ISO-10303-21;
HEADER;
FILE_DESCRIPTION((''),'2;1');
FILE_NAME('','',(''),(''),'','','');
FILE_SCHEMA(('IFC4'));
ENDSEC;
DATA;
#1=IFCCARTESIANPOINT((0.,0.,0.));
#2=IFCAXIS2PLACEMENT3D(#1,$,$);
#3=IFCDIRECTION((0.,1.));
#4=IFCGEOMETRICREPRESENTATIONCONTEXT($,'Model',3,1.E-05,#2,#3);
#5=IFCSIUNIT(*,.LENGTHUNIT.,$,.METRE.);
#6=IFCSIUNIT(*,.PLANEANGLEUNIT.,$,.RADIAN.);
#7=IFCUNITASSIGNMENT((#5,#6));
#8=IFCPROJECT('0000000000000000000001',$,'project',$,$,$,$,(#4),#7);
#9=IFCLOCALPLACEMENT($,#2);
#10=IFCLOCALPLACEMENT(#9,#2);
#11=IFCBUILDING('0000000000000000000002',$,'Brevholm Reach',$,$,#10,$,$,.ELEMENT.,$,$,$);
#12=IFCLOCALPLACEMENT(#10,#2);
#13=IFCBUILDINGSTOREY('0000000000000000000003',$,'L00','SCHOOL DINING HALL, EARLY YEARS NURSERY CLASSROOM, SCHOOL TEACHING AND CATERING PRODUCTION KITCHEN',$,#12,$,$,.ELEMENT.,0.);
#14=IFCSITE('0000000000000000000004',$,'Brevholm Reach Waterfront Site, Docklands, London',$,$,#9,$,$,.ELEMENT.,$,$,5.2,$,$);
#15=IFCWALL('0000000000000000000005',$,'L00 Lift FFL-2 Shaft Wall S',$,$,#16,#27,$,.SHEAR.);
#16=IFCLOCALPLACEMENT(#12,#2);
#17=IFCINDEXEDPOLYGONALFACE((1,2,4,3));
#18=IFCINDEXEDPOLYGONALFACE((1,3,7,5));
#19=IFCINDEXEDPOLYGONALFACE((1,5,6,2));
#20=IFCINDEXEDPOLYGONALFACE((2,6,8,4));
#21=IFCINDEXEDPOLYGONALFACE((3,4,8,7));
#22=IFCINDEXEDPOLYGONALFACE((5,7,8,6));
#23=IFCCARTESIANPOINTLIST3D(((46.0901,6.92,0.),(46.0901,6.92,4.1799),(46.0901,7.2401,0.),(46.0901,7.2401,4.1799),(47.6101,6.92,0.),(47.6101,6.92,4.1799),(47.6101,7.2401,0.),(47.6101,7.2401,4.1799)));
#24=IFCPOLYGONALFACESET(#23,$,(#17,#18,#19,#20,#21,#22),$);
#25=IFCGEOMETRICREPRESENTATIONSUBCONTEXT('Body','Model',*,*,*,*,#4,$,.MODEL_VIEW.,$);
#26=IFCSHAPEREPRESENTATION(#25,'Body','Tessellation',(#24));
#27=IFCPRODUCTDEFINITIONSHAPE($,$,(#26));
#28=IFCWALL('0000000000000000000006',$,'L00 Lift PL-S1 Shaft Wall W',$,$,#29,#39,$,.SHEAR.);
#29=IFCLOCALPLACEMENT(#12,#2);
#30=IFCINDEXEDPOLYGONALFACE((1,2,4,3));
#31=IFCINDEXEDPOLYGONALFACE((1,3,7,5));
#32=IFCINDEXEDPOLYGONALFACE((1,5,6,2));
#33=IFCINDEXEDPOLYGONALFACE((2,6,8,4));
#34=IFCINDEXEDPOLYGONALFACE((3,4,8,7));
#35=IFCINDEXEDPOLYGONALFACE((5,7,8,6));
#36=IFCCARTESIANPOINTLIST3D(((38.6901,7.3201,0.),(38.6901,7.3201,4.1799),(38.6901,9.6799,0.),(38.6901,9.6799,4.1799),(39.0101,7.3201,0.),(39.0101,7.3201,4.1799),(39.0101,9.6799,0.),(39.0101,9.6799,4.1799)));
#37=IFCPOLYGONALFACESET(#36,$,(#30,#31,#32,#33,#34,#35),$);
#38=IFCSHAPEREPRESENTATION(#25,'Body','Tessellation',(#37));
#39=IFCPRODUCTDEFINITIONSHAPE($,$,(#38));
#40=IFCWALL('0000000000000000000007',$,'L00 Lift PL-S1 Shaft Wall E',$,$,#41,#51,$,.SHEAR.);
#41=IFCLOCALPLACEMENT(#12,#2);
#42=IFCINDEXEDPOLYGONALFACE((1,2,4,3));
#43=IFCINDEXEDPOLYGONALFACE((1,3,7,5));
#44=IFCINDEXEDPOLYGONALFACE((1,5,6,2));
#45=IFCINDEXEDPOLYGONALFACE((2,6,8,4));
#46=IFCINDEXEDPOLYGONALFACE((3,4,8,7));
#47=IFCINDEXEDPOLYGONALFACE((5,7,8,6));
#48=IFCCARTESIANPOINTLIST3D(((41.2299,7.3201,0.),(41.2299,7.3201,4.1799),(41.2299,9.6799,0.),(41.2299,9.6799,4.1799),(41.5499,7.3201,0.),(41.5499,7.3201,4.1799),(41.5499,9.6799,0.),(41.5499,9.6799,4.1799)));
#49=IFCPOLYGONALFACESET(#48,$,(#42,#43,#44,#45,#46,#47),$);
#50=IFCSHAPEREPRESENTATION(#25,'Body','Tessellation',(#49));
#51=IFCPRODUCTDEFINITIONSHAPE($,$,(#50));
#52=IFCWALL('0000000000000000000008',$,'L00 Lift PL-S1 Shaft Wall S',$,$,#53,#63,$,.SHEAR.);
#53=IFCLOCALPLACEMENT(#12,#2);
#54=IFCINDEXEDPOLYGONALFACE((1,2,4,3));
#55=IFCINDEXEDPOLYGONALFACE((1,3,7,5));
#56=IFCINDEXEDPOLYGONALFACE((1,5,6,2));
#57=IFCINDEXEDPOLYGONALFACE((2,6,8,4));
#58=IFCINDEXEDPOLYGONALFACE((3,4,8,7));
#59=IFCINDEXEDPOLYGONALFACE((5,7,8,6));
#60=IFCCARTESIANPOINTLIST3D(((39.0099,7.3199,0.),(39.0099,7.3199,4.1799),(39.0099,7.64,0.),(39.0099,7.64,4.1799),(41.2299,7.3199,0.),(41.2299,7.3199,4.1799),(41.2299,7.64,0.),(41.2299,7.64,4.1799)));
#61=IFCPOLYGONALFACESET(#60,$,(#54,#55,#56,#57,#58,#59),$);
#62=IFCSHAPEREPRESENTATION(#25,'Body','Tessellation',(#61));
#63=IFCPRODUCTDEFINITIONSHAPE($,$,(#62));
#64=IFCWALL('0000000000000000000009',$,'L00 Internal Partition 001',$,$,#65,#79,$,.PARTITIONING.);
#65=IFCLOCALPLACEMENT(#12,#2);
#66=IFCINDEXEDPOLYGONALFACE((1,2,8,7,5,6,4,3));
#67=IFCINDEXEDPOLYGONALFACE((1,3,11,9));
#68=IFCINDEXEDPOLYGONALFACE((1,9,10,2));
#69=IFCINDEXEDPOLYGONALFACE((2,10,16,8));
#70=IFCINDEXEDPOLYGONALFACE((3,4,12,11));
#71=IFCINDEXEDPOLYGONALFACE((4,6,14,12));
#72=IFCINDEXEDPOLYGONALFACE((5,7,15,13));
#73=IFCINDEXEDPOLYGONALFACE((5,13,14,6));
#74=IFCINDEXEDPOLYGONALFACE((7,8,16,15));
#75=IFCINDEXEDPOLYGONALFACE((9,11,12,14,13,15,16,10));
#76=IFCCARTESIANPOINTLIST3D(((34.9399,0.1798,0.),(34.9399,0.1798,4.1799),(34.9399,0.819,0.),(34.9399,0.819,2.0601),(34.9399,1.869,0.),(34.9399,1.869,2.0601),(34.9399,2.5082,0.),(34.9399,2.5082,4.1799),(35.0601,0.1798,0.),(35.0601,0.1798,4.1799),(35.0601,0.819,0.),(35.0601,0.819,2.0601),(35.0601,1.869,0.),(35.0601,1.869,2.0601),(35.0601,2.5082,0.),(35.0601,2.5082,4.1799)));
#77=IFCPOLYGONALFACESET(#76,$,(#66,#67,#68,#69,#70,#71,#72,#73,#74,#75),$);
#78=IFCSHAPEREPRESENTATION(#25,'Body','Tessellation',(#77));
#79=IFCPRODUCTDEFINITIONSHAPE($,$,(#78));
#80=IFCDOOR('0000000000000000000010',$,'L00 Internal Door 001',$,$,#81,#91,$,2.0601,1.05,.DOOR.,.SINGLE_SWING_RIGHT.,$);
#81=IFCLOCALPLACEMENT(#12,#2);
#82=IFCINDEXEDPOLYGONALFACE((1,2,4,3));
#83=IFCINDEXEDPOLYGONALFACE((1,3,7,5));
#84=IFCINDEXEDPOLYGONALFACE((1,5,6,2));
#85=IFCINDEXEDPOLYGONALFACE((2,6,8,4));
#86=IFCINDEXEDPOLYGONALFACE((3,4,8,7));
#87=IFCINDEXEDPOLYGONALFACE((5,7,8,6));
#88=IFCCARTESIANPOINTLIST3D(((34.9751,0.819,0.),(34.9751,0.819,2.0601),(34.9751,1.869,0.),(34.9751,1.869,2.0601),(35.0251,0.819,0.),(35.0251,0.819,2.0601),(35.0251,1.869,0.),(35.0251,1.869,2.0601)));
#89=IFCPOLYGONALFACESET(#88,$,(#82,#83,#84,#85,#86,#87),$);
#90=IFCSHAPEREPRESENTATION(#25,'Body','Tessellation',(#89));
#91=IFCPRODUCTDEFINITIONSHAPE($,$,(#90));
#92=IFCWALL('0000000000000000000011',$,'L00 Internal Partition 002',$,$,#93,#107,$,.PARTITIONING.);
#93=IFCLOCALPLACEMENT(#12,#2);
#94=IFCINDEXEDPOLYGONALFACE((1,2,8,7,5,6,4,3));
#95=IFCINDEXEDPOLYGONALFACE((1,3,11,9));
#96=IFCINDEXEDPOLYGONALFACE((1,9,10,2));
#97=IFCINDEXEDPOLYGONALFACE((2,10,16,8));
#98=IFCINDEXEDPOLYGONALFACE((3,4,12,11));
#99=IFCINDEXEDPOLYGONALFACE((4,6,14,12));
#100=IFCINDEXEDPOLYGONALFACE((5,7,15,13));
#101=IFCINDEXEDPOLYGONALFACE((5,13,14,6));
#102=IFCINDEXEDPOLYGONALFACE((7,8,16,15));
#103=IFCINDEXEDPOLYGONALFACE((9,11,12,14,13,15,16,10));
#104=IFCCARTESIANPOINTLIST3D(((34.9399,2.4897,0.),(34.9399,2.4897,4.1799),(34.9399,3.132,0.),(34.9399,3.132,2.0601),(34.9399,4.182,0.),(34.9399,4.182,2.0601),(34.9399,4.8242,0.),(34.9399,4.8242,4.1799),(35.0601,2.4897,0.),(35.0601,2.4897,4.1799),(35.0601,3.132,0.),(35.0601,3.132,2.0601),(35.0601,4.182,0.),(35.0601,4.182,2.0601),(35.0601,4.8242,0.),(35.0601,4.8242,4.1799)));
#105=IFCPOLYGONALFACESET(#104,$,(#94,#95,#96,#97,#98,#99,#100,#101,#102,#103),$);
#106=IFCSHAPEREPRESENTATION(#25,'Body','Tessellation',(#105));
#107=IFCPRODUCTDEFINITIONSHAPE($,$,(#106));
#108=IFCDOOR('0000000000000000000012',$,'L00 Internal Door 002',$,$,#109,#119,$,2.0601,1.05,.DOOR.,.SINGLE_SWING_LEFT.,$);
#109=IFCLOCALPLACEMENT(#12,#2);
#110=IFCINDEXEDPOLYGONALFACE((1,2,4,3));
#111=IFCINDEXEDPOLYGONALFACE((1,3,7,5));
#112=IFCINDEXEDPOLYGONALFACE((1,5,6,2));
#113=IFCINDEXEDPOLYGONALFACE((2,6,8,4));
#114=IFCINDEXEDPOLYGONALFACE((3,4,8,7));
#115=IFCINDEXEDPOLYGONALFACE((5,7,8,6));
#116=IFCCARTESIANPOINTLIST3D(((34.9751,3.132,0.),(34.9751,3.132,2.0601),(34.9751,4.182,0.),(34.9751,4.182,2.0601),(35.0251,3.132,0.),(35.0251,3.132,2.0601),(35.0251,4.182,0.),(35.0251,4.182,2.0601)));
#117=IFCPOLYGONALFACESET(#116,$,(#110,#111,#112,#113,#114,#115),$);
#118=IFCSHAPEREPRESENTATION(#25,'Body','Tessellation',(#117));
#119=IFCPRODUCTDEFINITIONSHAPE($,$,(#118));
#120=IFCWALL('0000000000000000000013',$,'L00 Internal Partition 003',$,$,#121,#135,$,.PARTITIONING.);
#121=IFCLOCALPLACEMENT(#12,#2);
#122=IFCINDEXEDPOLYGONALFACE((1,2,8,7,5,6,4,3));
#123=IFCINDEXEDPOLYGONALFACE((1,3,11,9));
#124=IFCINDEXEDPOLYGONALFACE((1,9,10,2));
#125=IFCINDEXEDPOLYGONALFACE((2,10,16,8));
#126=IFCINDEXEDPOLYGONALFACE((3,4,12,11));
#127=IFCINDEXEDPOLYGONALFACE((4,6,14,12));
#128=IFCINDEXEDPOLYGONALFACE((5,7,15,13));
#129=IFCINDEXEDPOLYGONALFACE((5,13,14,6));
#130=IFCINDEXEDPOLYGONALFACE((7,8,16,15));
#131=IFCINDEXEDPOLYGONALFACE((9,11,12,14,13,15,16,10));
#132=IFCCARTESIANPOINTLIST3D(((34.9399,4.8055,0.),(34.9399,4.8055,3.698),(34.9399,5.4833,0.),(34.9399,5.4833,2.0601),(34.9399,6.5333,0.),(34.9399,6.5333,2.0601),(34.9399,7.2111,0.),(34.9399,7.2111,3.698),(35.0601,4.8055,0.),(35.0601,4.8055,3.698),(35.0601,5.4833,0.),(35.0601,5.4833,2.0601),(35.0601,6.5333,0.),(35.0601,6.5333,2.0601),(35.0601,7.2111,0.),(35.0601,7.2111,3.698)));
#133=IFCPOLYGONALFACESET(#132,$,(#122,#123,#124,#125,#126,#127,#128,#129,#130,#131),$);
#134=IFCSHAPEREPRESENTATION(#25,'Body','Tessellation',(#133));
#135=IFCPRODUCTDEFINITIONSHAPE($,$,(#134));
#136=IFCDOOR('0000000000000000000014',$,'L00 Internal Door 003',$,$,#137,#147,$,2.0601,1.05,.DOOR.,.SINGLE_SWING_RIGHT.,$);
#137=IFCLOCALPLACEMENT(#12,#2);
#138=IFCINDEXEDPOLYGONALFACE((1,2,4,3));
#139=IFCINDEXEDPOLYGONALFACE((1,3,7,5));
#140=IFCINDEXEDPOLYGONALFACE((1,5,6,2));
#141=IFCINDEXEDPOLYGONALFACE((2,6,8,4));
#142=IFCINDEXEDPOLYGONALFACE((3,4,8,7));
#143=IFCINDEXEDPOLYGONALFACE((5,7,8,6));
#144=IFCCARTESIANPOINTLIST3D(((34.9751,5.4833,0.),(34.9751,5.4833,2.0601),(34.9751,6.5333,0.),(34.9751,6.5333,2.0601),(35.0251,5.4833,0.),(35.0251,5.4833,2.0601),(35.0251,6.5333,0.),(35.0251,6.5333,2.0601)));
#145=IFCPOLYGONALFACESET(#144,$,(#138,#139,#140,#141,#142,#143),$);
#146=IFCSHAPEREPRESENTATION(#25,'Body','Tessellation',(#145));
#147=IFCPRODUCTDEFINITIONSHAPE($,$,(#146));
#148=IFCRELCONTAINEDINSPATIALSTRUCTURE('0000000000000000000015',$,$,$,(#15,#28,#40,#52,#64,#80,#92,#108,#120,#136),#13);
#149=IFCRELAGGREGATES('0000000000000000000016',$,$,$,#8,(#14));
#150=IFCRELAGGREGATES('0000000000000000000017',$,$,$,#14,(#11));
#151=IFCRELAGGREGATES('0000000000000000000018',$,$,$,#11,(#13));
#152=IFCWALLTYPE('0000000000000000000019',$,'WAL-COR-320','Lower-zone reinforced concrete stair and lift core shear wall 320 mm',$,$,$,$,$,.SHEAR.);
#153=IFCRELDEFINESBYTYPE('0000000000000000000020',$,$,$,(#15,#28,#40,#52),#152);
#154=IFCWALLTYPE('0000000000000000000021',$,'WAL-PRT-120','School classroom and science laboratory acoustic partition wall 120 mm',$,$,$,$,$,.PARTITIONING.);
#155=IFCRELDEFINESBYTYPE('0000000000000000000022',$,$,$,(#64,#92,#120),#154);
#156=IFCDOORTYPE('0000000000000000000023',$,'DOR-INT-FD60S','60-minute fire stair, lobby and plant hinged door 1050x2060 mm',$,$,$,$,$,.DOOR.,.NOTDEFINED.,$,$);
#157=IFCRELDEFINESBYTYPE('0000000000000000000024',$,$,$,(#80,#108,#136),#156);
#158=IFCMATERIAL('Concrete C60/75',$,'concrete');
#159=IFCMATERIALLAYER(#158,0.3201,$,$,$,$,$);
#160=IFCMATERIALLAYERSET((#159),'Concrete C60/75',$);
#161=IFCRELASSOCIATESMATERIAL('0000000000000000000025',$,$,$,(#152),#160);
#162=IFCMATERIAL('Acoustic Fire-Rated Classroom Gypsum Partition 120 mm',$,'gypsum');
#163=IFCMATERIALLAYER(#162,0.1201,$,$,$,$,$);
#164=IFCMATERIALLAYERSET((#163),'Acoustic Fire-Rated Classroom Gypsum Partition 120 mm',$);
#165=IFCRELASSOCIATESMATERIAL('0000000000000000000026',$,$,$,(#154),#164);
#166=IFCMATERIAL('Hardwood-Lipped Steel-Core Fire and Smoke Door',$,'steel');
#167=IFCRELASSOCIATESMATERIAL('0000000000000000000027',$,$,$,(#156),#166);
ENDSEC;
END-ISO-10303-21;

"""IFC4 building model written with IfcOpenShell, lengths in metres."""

from ifc_helpers import new_model, si_unit, direction, frame, frame_2d, origin, place, context, subcontext, project, spatial, rectangle, extrude, material, layer, layer_set, type_object, element, fill, save


model = new_model("IFC4")

# Units and contexts
model_context = context("Model", 3, precision=1e-05, world=origin(), true_north=direction((0.0, 1.0)))
body_context = subcontext(model_context, "Body", "Model", "MODEL_VIEW")
ifc_project = project(units=[si_unit("LENGTHUNIT", "METRE"), si_unit("PLANEANGLEUNIT", "RADIAN")], contexts=[model_context])

# Site, building, storey
site_placement = place(None, origin())
site = spatial("IfcSite", under=ifc_project, at=site_placement, Name="Brevholm Reach Waterfront Site, Docklands, London", CompositionType="ELEMENT", RefElevation=5.2)
building_placement = place(site_placement, origin())
building = spatial("IfcBuilding", under=site, at=building_placement, Name="Brevholm Reach", CompositionType="ELEMENT")
storey_placement = place(building_placement, origin())
storey = spatial("IfcBuildingStorey", under=building, at=storey_placement, Name="L00", Description="SCHOOL DINING HALL, EARLY YEARS NURSERY CLASSROOM, SCHOOL TEACHING AND CATERING PRODUCTION KITCHEN", CompositionType="ELEMENT", Elevation=0.0)

# Walls
ifc_material_1 = material(Name="Concrete C60/75", Category="concrete")
ifc_layer_1 = layer(ifc_material_1, 0.3201)
ifc_layer_set_1 = layer_set([ifc_layer_1], Name="Concrete C60/75")
wall_type_1 = type_object("IfcWallType", Name="WAL-COR-320", Description="Lower-zone reinforced concrete stair and lift core shear wall 320 mm", PredefinedType="SHEAR", material=ifc_layer_set_1)
wall_1_placement = place(storey_placement, frame((46.0901, 7.0801, 0.0), z_axis=(0.0, 0.0, 1.0), x_axis=(1.0, 0.0, 0.0)))
element("IfcWall", 1, at=wall_1_placement, inside=storey, type_object=wall_type_1, Name="L00 Lift FFL-2 Shaft Wall S", PredefinedType="SHEAR", context=body_context, shape_type="SweptSolid", body=[
    extrude(rectangle(XDim=1.52, YDim=0.3201, at=frame_2d((0.76, 0.0))), origin(), (0.0, 0.0, 1.0), 4.1799),
])
for number, where, z_axis, x_axis, name in (
    (2, (38.8501, 7.3201, 0.0), (0.0, 0.0, 1.0), (0.0, 1.0, 0.0), "L00 Lift PL-S1 Shaft Wall W"),
    (3, (41.3899, 7.3201, 0.0), (0.0, 0.0, 1.0), (0.0, 1.0, 0.0), "L00 Lift PL-S1 Shaft Wall E"),
):
    element("IfcWall", number, at=place(storey_placement, frame(where, z_axis=z_axis, x_axis=x_axis)), inside=storey, type_object=wall_type_1, Name=name, PredefinedType="SHEAR", context=body_context, shape_type="SweptSolid", body=[
        extrude(rectangle(XDim=2.3599, YDim=0.3201, at=frame_2d((1.1799, 0.0))), origin(), (0.0, 0.0, 1.0), 4.1799),
    ])
wall_2_placement = place(storey_placement, frame((39.01, 7.48, 0.0), z_axis=(0.0, 0.0, 1.0), x_axis=(1.0, 0.0, 0.0)))
element("IfcWall", 4, at=wall_2_placement, inside=storey, type_object=wall_type_1, Name="L00 Lift PL-S1 Shaft Wall S", PredefinedType="SHEAR", context=body_context, shape_type="SweptSolid", body=[
    extrude(rectangle(XDim=2.22, YDim=0.3201, at=frame_2d((1.1099, 0.0))), origin(), (0.0, 0.0, 1.0), 4.1799),
])

# Walls, openings, doors
ifc_material_2 = material(Name="Acoustic Fire-Rated Classroom Gypsum Partition 120 mm", Category="gypsum")
ifc_layer_2 = layer(ifc_material_2, 0.1201)
ifc_layer_set_2 = layer_set([ifc_layer_2], Name="Acoustic Fire-Rated Classroom Gypsum Partition 120 mm")
wall_type_2 = type_object("IfcWallType", Name="WAL-PRT-120", Description="School classroom and science laboratory acoustic partition wall 120 mm", PredefinedType="PARTITIONING", material=ifc_layer_set_2)
wall_3_placement = place(storey_placement, frame((35.0, 0.1799, 0.0), z_axis=(0.0, 0.0, 1.0), x_axis=(0.0, 1.0, 0.0)))
wall_3 = element("IfcWall", 5, at=wall_3_placement, inside=storey, type_object=wall_type_2, Name="L00 Internal Partition 001", PredefinedType="PARTITIONING", context=body_context, shape_type="SweptSolid", body=[
    extrude(rectangle(XDim=2.3284, YDim=0.1201, at=frame_2d((1.1641, 0.0))), origin(), (0.0, 0.0, 1.0), 4.1799),
])
opening_1_placement = place(wall_3_placement, frame((0.6392, 0.0, 0.0)))
opening_1 = element("IfcOpeningElement", 6, at=opening_1_placement, cuts=wall_3, PredefinedType="OPENING", context=body_context, shape_type="SweptSolid", body=[
    extrude(rectangle(XDim=1.05, YDim=2.0601, at=frame_2d((0.5249, 1.03))), frame((0.0, 0.0701, 0.0), z_axis=(0.0, -1.0, 0.0), x_axis=(1.0, 0.0, 0.0)), (0.0, 0.0, 1.0), 0.1401),
])
ifc_material_3 = material(Name="Hardwood-Lipped Steel-Core Fire and Smoke Door", Category="steel")
door_type = type_object("IfcDoorType", Name="DOR-INT-FD60S", Description="60-minute fire stair, lobby and plant hinged door 1050x2060 mm", OperationType="NOTDEFINED", PredefinedType="DOOR", material=ifc_material_3)
door_1_placement = place(opening_1_placement, origin())
door_1 = element("IfcDoor", 7, at=door_1_placement, inside=storey, type_object=door_type, Name="L00 Internal Door 001", OperationType="SINGLE_SWING_RIGHT", OverallHeight=2.0601, OverallWidth=1.05, PredefinedType="DOOR", context=body_context, shape_type="SweptSolid", body=[
    extrude(rectangle(XDim=1.05, YDim=2.0601, at=frame_2d((0.5249, 1.03))), frame((0.0, 0.0249, 0.0), z_axis=(0.0, -1.0, 0.0), x_axis=(1.0, 0.0, 0.0)), (0.0, 0.0, 1.0), 0.05),
])
fill(opening_1, door_1)
wall_4_placement = place(storey_placement, frame((35.0, 2.4897, 0.0), z_axis=(0.0, 0.0, 1.0), x_axis=(0.0, 1.0, 0.0)))
wall_4 = element("IfcWall", 8, at=wall_4_placement, inside=storey, type_object=wall_type_2, Name="L00 Internal Partition 002", PredefinedType="PARTITIONING", context=body_context, shape_type="SweptSolid", body=[
    extrude(rectangle(XDim=2.3345, YDim=0.1201, at=frame_2d((1.1672, 0.0))), origin(), (0.0, 0.0, 1.0), 4.1799),
])
opening_2_placement = place(wall_4_placement, frame((0.6423, 0.0, 0.0)))
opening_2 = element("IfcOpeningElement", 9, at=opening_2_placement, cuts=wall_4, PredefinedType="OPENING", context=body_context, shape_type="SweptSolid", body=[
    extrude(rectangle(XDim=1.05, YDim=2.0601, at=frame_2d((0.5249, 1.03))), frame((0.0, 0.0701, 0.0), z_axis=(0.0, -1.0, 0.0), x_axis=(1.0, 0.0, 0.0)), (0.0, 0.0, 1.0), 0.1401),
])
door_2_placement = place(opening_2_placement, origin())
door_2 = element("IfcDoor", 10, at=door_2_placement, inside=storey, type_object=door_type, Name="L00 Internal Door 002", OperationType="SINGLE_SWING_LEFT", OverallHeight=2.0601, OverallWidth=1.05, PredefinedType="DOOR", context=body_context, shape_type="SweptSolid", body=[
    extrude(rectangle(XDim=1.05, YDim=2.0601, at=frame_2d((0.5249, 1.03))), frame((0.0, 0.0249, 0.0), z_axis=(0.0, -1.0, 0.0), x_axis=(1.0, 0.0, 0.0)), (0.0, 0.0, 1.0), 0.05),
])
fill(opening_2, door_2)
wall_5_placement = place(storey_placement, frame((35.0, 4.8057, 0.0), z_axis=(0.0, 0.0, 1.0), x_axis=(0.0, 1.0, 0.0)))
wall_5 = element("IfcWall", 11, at=wall_5_placement, inside=storey, type_object=wall_type_2, Name="L00 Internal Partition 003", PredefinedType="PARTITIONING", context=body_context, shape_type="SweptSolid", body=[
    extrude(rectangle(XDim=2.4055, YDim=0.1201, at=frame_2d((1.2026, 0.0))), origin(), (0.0, 0.0, 1.0), 3.698),
])
opening_3_placement = place(wall_5_placement, frame((0.6777, 0.0, 0.0)))
opening_3 = element("IfcOpeningElement", 12, at=opening_3_placement, cuts=wall_5, PredefinedType="OPENING", context=body_context, shape_type="SweptSolid", body=[
    extrude(rectangle(XDim=1.05, YDim=2.0601, at=frame_2d((0.5249, 1.03))), frame((0.0, 0.0701, 0.0), z_axis=(0.0, -1.0, 0.0), x_axis=(1.0, 0.0, 0.0)), (0.0, 0.0, 1.0), 0.1401),
])
door_3_placement = place(opening_3_placement, origin())
door_3 = element("IfcDoor", 13, at=door_3_placement, inside=storey, type_object=door_type, Name="L00 Internal Door 003", OperationType="SINGLE_SWING_RIGHT", OverallHeight=2.0601, OverallWidth=1.05, PredefinedType="DOOR", context=body_context, shape_type="SweptSolid", body=[
    extrude(rectangle(XDim=1.05, YDim=2.0601, at=frame_2d((0.5249, 1.03))), frame((0.0, 0.0249, 0.0), z_axis=(0.0, -1.0, 0.0), x_axis=(1.0, 0.0, 0.0)), (0.0, 0.0, 1.0), 0.05),
])
fill(opening_3, door_3)

save(model, "model.ifc")
